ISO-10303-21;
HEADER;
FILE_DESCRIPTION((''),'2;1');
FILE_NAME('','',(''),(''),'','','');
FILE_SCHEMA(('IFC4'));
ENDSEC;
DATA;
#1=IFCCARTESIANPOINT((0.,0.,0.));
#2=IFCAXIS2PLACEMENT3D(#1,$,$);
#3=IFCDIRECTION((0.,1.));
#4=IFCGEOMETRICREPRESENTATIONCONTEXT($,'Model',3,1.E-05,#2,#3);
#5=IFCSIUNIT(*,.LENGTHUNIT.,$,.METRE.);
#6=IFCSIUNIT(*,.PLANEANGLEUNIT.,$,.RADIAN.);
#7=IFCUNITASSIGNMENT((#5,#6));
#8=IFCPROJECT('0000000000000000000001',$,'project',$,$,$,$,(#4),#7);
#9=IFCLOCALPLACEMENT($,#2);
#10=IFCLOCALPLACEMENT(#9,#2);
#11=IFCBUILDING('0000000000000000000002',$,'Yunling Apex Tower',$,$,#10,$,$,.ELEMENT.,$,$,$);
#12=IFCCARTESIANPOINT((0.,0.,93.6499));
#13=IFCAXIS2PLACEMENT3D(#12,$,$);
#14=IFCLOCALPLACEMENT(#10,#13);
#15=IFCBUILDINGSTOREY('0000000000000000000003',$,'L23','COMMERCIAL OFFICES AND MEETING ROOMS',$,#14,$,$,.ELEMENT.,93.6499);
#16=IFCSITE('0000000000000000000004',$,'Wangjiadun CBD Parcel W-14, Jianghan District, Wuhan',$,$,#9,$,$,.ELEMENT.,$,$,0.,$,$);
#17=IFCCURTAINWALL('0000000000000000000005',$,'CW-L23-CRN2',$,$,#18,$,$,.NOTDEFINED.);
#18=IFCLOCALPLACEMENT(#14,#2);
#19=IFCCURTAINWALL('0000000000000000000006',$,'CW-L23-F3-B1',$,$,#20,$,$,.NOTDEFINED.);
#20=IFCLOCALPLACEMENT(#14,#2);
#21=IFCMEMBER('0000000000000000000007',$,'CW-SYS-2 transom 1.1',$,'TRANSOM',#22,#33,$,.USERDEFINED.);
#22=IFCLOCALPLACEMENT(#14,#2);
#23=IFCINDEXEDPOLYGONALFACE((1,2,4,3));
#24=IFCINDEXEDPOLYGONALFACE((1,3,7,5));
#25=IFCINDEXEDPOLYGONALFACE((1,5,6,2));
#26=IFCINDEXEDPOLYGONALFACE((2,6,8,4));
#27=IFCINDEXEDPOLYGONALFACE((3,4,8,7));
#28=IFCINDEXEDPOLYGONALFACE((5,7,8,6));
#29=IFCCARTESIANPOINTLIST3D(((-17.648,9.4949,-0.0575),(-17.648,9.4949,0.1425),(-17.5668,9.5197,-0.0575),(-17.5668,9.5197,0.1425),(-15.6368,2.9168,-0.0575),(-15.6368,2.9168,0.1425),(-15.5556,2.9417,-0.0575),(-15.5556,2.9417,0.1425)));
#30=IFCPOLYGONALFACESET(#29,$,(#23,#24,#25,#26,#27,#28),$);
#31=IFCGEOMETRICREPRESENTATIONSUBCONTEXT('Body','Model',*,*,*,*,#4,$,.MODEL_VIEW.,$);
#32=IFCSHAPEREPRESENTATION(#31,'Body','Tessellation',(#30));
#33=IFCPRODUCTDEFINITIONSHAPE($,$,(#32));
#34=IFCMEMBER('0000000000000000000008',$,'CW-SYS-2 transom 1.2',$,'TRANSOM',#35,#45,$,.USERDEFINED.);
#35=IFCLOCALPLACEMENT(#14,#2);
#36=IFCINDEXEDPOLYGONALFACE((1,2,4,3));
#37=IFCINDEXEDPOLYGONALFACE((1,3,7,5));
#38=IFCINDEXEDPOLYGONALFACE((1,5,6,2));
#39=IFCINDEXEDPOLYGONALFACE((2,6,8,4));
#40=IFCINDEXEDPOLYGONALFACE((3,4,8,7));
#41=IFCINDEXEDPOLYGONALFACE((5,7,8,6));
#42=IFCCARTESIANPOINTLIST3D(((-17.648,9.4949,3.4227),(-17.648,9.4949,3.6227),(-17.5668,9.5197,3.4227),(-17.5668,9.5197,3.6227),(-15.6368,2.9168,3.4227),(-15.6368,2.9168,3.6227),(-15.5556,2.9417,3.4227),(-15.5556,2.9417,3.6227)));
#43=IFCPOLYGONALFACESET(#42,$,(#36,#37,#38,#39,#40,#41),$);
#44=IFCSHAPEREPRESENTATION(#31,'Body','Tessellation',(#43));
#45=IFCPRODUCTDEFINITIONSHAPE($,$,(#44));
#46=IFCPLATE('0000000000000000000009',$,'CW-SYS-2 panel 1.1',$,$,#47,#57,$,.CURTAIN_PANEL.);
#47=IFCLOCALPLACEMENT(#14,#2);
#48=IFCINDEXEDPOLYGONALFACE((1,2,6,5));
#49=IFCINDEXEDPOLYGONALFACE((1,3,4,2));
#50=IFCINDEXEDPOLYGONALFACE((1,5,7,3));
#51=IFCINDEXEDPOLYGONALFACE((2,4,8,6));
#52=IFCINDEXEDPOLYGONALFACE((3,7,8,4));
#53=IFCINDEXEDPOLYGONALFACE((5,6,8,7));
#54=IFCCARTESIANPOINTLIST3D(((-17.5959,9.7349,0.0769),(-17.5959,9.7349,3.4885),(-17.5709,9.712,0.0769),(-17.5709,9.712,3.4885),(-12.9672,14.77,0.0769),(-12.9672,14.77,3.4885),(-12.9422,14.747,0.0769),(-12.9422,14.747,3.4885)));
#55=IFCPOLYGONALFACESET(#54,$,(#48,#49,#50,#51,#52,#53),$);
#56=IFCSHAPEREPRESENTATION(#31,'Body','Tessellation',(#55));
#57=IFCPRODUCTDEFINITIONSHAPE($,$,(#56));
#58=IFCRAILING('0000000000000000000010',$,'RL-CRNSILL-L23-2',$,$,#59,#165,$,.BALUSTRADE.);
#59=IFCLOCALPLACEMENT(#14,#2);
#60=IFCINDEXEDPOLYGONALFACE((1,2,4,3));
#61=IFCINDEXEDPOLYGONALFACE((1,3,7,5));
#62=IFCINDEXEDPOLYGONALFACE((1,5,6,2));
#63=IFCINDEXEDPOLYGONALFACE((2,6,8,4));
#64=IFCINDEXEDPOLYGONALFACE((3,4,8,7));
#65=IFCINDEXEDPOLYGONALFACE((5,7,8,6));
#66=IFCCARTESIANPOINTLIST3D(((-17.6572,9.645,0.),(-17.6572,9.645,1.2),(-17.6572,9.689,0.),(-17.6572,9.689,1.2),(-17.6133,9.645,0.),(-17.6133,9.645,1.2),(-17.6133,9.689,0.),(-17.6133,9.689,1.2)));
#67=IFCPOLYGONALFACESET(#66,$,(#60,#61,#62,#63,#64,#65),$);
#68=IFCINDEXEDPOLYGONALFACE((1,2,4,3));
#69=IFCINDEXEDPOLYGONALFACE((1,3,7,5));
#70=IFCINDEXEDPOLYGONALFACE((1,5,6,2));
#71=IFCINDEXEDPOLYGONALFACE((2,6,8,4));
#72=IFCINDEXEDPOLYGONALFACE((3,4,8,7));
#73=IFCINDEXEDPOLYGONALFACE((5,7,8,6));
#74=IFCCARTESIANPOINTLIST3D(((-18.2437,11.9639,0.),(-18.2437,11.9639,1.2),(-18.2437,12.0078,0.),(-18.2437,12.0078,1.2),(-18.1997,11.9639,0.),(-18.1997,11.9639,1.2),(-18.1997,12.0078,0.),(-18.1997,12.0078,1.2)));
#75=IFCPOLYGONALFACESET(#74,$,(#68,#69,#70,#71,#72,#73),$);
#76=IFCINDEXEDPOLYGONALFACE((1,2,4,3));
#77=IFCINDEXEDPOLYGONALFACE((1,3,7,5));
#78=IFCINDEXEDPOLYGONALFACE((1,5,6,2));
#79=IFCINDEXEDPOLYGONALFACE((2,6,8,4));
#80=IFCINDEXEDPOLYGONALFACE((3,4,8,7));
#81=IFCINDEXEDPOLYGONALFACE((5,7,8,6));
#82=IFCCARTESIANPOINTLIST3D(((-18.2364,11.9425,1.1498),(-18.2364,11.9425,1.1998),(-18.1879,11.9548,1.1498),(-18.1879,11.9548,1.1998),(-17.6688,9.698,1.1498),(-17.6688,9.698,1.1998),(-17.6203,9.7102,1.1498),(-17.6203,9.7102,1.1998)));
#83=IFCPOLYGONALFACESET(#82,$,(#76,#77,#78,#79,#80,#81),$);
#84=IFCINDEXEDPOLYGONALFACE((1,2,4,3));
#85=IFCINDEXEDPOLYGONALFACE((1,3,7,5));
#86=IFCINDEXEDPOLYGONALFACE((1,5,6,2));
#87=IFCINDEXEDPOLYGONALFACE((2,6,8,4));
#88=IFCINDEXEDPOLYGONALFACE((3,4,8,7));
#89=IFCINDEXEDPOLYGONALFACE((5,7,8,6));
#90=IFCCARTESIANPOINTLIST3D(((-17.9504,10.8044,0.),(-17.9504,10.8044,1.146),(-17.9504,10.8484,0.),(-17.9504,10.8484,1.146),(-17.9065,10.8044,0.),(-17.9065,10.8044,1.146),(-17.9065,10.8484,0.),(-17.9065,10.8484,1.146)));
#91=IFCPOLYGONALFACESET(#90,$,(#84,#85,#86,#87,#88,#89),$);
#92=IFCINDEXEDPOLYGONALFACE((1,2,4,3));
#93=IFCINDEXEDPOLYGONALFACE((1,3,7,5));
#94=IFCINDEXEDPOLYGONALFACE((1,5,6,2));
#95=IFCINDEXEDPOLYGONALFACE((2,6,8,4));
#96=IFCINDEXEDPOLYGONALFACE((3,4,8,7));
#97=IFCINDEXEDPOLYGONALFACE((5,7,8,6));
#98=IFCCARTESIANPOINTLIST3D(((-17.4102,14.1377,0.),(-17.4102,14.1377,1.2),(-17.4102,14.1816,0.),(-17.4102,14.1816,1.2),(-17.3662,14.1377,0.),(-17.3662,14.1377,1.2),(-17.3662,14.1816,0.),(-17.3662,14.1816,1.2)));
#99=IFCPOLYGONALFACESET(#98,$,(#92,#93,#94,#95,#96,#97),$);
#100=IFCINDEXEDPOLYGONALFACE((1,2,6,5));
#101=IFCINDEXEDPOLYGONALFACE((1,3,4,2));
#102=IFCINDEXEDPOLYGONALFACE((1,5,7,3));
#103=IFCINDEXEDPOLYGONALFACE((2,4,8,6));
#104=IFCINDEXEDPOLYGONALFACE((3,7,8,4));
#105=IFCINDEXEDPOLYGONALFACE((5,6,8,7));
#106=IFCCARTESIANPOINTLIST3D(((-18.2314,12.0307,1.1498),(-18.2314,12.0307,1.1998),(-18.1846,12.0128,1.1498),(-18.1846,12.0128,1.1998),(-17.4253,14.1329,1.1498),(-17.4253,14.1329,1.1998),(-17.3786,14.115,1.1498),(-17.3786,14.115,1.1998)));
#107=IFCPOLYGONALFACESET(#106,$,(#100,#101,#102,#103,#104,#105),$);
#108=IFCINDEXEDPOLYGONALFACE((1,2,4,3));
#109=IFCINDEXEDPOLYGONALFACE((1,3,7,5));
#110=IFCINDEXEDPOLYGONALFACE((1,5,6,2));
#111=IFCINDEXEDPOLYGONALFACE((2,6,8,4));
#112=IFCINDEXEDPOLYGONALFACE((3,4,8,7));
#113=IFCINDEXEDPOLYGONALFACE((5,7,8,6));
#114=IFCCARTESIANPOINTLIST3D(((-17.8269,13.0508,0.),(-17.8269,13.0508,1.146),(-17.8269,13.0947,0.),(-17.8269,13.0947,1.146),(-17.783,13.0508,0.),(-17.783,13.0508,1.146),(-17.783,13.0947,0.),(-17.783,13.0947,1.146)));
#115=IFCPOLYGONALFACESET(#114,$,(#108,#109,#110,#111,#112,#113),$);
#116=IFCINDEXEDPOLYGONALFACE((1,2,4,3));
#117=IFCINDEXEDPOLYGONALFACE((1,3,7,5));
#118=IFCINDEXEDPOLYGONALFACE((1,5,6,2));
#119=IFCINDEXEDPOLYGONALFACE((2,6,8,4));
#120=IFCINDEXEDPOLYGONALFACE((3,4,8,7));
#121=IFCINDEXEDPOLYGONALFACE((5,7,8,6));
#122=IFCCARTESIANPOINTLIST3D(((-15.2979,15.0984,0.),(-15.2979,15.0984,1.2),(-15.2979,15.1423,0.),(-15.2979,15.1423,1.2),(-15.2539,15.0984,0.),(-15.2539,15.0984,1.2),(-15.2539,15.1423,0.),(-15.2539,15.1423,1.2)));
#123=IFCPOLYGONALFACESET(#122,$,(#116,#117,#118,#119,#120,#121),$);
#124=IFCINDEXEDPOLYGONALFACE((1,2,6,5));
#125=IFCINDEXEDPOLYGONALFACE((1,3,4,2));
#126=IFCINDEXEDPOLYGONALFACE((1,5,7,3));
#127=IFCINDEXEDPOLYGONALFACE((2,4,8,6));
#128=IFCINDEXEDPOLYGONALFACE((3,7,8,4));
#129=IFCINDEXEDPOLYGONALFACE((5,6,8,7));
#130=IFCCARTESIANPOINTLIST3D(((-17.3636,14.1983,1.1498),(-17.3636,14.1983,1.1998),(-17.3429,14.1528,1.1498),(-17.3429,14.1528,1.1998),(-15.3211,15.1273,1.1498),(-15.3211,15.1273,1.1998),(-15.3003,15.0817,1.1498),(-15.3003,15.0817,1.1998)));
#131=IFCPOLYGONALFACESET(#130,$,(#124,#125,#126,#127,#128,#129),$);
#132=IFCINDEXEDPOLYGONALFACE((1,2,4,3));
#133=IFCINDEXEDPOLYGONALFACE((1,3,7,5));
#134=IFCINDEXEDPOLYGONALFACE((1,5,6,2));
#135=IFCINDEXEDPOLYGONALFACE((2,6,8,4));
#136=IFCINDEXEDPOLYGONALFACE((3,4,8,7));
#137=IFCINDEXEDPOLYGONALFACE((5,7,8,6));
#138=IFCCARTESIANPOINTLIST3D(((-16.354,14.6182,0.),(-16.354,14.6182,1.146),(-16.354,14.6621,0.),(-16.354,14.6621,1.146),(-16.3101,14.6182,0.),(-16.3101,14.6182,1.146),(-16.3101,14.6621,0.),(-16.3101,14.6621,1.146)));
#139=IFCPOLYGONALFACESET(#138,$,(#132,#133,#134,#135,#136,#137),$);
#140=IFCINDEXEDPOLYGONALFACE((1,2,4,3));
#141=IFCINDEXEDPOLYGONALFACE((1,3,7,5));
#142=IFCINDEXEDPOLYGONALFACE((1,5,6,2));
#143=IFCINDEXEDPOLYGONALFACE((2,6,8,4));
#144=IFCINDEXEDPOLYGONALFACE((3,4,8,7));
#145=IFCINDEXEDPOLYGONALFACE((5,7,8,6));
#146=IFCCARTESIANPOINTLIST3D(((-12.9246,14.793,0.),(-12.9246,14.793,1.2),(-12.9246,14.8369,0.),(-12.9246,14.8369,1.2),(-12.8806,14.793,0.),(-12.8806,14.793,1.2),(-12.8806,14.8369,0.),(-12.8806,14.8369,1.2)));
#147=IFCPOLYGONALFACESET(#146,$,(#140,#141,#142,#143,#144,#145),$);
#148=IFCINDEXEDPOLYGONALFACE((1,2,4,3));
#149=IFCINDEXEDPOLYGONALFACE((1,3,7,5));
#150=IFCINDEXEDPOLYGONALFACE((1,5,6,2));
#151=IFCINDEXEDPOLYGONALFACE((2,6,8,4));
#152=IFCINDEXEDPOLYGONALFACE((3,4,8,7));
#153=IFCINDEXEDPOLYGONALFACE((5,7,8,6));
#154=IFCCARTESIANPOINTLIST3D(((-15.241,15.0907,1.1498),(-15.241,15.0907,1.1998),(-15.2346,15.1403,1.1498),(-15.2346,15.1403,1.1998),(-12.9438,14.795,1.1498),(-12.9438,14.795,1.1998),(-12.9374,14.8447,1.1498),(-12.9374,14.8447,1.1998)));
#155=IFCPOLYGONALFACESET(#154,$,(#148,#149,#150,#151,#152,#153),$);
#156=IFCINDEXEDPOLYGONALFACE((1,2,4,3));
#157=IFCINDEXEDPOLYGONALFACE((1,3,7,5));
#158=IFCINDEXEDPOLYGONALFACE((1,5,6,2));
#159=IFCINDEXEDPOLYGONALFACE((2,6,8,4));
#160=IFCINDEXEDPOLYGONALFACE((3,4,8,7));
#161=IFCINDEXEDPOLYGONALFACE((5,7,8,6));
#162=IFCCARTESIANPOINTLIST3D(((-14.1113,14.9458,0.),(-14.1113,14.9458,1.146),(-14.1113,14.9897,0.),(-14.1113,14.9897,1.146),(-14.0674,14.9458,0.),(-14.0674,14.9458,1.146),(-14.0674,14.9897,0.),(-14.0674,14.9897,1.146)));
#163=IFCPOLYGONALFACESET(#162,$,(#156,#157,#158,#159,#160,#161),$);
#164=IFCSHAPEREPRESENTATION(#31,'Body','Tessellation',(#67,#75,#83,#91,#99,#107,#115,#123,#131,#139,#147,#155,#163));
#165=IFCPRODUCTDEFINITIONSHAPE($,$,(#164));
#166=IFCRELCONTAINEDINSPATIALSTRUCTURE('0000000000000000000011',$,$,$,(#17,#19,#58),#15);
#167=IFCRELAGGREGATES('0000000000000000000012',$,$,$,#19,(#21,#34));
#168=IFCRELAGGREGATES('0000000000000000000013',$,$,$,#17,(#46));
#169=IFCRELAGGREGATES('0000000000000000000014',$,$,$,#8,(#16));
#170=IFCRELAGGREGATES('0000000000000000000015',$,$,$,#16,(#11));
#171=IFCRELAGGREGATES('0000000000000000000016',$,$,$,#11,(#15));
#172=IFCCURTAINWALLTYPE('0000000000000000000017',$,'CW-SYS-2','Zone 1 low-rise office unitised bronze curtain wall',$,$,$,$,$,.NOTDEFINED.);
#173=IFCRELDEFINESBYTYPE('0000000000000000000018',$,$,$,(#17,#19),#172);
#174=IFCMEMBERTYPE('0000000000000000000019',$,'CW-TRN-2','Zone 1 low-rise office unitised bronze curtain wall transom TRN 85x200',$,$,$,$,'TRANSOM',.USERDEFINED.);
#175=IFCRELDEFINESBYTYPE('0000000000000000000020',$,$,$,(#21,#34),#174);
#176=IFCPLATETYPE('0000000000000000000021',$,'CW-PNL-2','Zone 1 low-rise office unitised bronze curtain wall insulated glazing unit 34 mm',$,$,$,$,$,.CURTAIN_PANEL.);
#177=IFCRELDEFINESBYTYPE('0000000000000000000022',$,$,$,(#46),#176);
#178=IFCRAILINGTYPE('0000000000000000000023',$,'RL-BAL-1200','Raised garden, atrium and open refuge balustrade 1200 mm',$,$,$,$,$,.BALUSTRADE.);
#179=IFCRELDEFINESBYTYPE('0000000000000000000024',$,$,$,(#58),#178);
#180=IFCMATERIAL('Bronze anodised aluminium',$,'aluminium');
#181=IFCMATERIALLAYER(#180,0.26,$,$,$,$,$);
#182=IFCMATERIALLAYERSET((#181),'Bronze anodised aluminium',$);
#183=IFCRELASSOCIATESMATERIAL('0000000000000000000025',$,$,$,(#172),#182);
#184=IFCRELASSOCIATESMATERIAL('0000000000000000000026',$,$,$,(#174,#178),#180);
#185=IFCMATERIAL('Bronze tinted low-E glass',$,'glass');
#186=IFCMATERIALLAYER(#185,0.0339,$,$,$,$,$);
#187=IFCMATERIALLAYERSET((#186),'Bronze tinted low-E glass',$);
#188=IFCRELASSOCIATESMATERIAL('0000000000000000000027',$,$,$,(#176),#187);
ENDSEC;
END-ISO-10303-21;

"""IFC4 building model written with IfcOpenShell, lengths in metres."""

from ifc_helpers import new_model, si_unit, direction, frame, origin, origin_2d, place, context, subcontext, project, spatial, rectangle, extrude, source, transform, mapped, material, layer, layer_set, material_profile, profile_set, type_object, element, aggregate, save


model = new_model("IFC4")

# Units and contexts
model_context = context("Model", 3, precision=1e-05, world=origin(), true_north=direction((0.0, 1.0)))
body_context = subcontext(model_context, "Body", "Model", "MODEL_VIEW")
ifc_project = project(units=[si_unit("LENGTHUNIT", "METRE"), si_unit("PLANEANGLEUNIT", "RADIAN")], contexts=[model_context])

# Site, building, storey
site_placement = place(None, origin())
site = spatial("IfcSite", under=ifc_project, at=site_placement, Name="Wangjiadun CBD Parcel W-14, Jianghan District, Wuhan", CompositionType="ELEMENT", RefElevation=0.0)
building_placement = place(site_placement, origin())
building = spatial("IfcBuilding", under=site, at=building_placement, Name="Yunling Apex Tower", CompositionType="ELEMENT")
storey_placement = place(building_placement, frame((0.0, 0.0, 93.6499)))
storey = spatial("IfcBuildingStorey", under=building, at=storey_placement, Name="L23", Description="COMMERCIAL OFFICES AND MEETING ROOMS", CompositionType="ELEMENT", Elevation=93.6499)

# Shared definitions
ifc_material_1 = material(Name="Bronze anodised aluminium", Category="aluminium")
ifc_layer_1 = layer(ifc_material_1, 0.26)
ifc_layer_set_1 = layer_set([ifc_layer_1], Name="Bronze anodised aluminium")
curtain_wall_type = type_object("IfcCurtainWallType", Name="CW-SYS-2", Description="Zone 1 low-rise office unitised bronze curtain wall", PredefinedType="NOTDEFINED", material=ifc_layer_set_1)

# Curtain wall
curtain_wall_1_placement = place(storey_placement, origin())
curtain_wall_1 = element("IfcCurtainWall", 1, at=curtain_wall_1_placement, inside=storey, type_object=curtain_wall_type, Name="CW-L23-CRN2", PredefinedType="NOTDEFINED")

# Curtain wall
curtain_wall_2_placement = place(storey_placement, origin())
curtain_wall_2 = element("IfcCurtainWall", 2, at=curtain_wall_2_placement, inside=storey, type_object=curtain_wall_type, Name="CW-L23-F3-B1", PredefinedType="NOTDEFINED")

# Members
ifc_material_profile_1 = material_profile(ifc_material_1, rectangle(XDim=0.085, YDim=0.2, at=origin_2d()))
ifc_profile_set_1 = profile_set([ifc_material_profile_1], Name="Bronze anodised aluminium")
member_type_1 = type_object("IfcMemberType", Name="CW-TRN-2", Description="Zone 1 low-rise office unitised bronze curtain wall transom TRN 85x200", ElementType="TRANSOM", PredefinedType="USERDEFINED", material=ifc_profile_set_1)
shared_shape_1 = source(origin(), body_context, "Body", "SweptSolid", [
    extrude(rectangle(XDim=0.085, YDim=0.2, at=origin_2d()), origin(), (0.0, 0.0, 1.0), 6.8787),
])
member_1_placement = place(storey_placement, frame((-17.6074, 9.5073, 0.0425), z_axis=(0.292384, -0.956301, 0.0), x_axis=(0.956301, 0.292384, 0.0)))
member_1 = element("IfcMember", 3, at=member_1_placement, type_object=member_type_1, Name="CW-SYS-2 transom 1.1", ObjectType="TRANSOM", PredefinedType="USERDEFINED", context=body_context, shape_type="MappedRepresentation", body=[
    mapped(shared_shape_1, transform((0.0, 0.0, 0.0), scale=1.0)),
])
member_2_placement = place(storey_placement, frame((-17.6074, 9.5073, 3.5227), z_axis=(0.292384, -0.956301, 0.0), x_axis=(0.956301, 0.292384, 0.0)))
member_2 = element("IfcMember", 4, at=member_2_placement, type_object=member_type_1, Name="CW-SYS-2 transom 1.2", ObjectType="TRANSOM", PredefinedType="USERDEFINED", context=body_context, shape_type="MappedRepresentation", body=[
    mapped(shared_shape_1, transform((0.0, 0.0, 0.0), scale=1.0)),
])
aggregate(curtain_wall_2, [member_1, member_2])

# Plate
ifc_material_2 = material(Name="Bronze tinted low-E glass", Category="glass")
ifc_layer_2 = layer(ifc_material_2, 0.0339)
ifc_layer_set_2 = layer_set([ifc_layer_2], Name="Bronze tinted low-E glass")
plate_type = type_object("IfcPlateType", Name="CW-PNL-2", Description="Zone 1 low-rise office unitised bronze curtain wall insulated glazing unit 34 mm", PredefinedType="CURTAIN_PANEL", material=ifc_layer_set_2)
shared_shape_2 = source(origin(), body_context, "Body", "SweptSolid", [
    extrude(rectangle(XDim=6.8394, YDim=0.0339, at=origin_2d()), origin(), (0.0, 0.0, 1.0), 3.4116),
])
plate_placement = place(storey_placement, frame((-15.269, 12.241, 0.0769), z_axis=(0.0, 0.0, 1.0), x_axis=(-0.676781, -0.736185, 0.0)))
plate = element("IfcPlate", 5, at=plate_placement, type_object=plate_type, Name="CW-SYS-2 panel 1.1", PredefinedType="CURTAIN_PANEL", context=body_context, shape_type="MappedRepresentation", body=[
    mapped(shared_shape_2, transform((0.0, 0.0, 0.0), scale=1.0)),
])
aggregate(curtain_wall_1, [plate])

# Railing
railing_type = type_object("IfcRailingType", Name="RL-BAL-1200", Description="Raised garden, atrium and open refuge balustrade 1200 mm", PredefinedType="BALUSTRADE", material=ifc_material_1)
railing_placement = place(storey_placement, frame((-17.6353, 9.667, 0.0)))
element("IfcRailing", 6, at=railing_placement, inside=storey, type_object=railing_type, Name="RL-CRNSILL-L23-2", PredefinedType="BALUSTRADE", context=body_context, shape_type="SweptSolid", body=[
    extrude(rectangle(XDim=0.0439, YDim=0.0439, at=origin_2d()), origin(), (0.0, 0.0, 1.0), 1.2),
    extrude(rectangle(XDim=0.0439, YDim=0.0439, at=origin_2d()), frame((-0.5864, 2.3188, 0.0)), (0.0, 0.0, 1.0), 1.2),
    extrude(rectangle(XDim=0.05, YDim=0.05, at=origin_2d()), frame((-0.0093, 0.0371, 1.1748), z_axis=(-0.245177, 0.969478, 0.0), x_axis=(-0.969478, -0.245177, 0.0)), (0.0, 0.0, 1.0), 2.3152),
    extrude(rectangle(XDim=0.0439, YDim=0.0439, at=origin_2d()), frame((-0.2932, 1.1594, 0.0)), (0.0, 0.0, 1.0), 1.146),
    extrude(rectangle(XDim=0.0439, YDim=0.0439, at=origin_2d()), frame((0.2471, 4.4927, 0.0)), (0.0, 0.0, 1.0), 1.2),
    extrude(rectangle(XDim=0.05, YDim=0.05, at=origin_2d()), frame((-0.5728, 2.3547, 1.1748), z_axis=(0.358009, 0.933718, 0.0), x_axis=(-0.933718, 0.358009, 0.0)), (0.0, 0.0, 1.0), 2.2515),
    extrude(rectangle(XDim=0.0439, YDim=0.0439, at=origin_2d()), frame((-0.1697, 3.4058, 0.0)), (0.0, 0.0, 1.0), 1.146),
    extrude(rectangle(XDim=0.0439, YDim=0.0439, at=origin_2d()), frame((2.3594, 5.4534, 0.0)), (0.0, 0.0, 1.0), 1.2),
    extrude(rectangle(XDim=0.05, YDim=0.05, at=origin_2d()), frame((0.282, 4.5085, 1.1748), z_axis=(0.910276, 0.414001, 0.0), x_axis=(-0.414001, 0.910276, 0.0)), (0.0, 0.0, 1.0), 2.2439),
    extrude(rectangle(XDim=0.0439, YDim=0.0439, at=origin_2d()), frame((1.3032, 4.9731, 0.0)), (0.0, 0.0, 1.0), 1.146),
    extrude(rectangle(XDim=0.0439, YDim=0.0439, at=origin_2d()), frame((4.7327, 5.1479, 0.0)), (0.0, 0.0, 1.0), 1.2),
    extrude(rectangle(XDim=0.05, YDim=0.05, at=origin_2d()), frame((2.3975, 5.4485, 1.1748), z_axis=(0.991821, -0.127638, 0.0), x_axis=(0.127638, 0.991821, 0.0)), (0.0, 0.0, 1.0), 2.3162),
    extrude(rectangle(XDim=0.0439, YDim=0.0439, at=origin_2d()), frame((3.5459, 5.3008, 0.0)), (0.0, 0.0, 1.0), 1.146),
])

save(model, "model.ifc")
